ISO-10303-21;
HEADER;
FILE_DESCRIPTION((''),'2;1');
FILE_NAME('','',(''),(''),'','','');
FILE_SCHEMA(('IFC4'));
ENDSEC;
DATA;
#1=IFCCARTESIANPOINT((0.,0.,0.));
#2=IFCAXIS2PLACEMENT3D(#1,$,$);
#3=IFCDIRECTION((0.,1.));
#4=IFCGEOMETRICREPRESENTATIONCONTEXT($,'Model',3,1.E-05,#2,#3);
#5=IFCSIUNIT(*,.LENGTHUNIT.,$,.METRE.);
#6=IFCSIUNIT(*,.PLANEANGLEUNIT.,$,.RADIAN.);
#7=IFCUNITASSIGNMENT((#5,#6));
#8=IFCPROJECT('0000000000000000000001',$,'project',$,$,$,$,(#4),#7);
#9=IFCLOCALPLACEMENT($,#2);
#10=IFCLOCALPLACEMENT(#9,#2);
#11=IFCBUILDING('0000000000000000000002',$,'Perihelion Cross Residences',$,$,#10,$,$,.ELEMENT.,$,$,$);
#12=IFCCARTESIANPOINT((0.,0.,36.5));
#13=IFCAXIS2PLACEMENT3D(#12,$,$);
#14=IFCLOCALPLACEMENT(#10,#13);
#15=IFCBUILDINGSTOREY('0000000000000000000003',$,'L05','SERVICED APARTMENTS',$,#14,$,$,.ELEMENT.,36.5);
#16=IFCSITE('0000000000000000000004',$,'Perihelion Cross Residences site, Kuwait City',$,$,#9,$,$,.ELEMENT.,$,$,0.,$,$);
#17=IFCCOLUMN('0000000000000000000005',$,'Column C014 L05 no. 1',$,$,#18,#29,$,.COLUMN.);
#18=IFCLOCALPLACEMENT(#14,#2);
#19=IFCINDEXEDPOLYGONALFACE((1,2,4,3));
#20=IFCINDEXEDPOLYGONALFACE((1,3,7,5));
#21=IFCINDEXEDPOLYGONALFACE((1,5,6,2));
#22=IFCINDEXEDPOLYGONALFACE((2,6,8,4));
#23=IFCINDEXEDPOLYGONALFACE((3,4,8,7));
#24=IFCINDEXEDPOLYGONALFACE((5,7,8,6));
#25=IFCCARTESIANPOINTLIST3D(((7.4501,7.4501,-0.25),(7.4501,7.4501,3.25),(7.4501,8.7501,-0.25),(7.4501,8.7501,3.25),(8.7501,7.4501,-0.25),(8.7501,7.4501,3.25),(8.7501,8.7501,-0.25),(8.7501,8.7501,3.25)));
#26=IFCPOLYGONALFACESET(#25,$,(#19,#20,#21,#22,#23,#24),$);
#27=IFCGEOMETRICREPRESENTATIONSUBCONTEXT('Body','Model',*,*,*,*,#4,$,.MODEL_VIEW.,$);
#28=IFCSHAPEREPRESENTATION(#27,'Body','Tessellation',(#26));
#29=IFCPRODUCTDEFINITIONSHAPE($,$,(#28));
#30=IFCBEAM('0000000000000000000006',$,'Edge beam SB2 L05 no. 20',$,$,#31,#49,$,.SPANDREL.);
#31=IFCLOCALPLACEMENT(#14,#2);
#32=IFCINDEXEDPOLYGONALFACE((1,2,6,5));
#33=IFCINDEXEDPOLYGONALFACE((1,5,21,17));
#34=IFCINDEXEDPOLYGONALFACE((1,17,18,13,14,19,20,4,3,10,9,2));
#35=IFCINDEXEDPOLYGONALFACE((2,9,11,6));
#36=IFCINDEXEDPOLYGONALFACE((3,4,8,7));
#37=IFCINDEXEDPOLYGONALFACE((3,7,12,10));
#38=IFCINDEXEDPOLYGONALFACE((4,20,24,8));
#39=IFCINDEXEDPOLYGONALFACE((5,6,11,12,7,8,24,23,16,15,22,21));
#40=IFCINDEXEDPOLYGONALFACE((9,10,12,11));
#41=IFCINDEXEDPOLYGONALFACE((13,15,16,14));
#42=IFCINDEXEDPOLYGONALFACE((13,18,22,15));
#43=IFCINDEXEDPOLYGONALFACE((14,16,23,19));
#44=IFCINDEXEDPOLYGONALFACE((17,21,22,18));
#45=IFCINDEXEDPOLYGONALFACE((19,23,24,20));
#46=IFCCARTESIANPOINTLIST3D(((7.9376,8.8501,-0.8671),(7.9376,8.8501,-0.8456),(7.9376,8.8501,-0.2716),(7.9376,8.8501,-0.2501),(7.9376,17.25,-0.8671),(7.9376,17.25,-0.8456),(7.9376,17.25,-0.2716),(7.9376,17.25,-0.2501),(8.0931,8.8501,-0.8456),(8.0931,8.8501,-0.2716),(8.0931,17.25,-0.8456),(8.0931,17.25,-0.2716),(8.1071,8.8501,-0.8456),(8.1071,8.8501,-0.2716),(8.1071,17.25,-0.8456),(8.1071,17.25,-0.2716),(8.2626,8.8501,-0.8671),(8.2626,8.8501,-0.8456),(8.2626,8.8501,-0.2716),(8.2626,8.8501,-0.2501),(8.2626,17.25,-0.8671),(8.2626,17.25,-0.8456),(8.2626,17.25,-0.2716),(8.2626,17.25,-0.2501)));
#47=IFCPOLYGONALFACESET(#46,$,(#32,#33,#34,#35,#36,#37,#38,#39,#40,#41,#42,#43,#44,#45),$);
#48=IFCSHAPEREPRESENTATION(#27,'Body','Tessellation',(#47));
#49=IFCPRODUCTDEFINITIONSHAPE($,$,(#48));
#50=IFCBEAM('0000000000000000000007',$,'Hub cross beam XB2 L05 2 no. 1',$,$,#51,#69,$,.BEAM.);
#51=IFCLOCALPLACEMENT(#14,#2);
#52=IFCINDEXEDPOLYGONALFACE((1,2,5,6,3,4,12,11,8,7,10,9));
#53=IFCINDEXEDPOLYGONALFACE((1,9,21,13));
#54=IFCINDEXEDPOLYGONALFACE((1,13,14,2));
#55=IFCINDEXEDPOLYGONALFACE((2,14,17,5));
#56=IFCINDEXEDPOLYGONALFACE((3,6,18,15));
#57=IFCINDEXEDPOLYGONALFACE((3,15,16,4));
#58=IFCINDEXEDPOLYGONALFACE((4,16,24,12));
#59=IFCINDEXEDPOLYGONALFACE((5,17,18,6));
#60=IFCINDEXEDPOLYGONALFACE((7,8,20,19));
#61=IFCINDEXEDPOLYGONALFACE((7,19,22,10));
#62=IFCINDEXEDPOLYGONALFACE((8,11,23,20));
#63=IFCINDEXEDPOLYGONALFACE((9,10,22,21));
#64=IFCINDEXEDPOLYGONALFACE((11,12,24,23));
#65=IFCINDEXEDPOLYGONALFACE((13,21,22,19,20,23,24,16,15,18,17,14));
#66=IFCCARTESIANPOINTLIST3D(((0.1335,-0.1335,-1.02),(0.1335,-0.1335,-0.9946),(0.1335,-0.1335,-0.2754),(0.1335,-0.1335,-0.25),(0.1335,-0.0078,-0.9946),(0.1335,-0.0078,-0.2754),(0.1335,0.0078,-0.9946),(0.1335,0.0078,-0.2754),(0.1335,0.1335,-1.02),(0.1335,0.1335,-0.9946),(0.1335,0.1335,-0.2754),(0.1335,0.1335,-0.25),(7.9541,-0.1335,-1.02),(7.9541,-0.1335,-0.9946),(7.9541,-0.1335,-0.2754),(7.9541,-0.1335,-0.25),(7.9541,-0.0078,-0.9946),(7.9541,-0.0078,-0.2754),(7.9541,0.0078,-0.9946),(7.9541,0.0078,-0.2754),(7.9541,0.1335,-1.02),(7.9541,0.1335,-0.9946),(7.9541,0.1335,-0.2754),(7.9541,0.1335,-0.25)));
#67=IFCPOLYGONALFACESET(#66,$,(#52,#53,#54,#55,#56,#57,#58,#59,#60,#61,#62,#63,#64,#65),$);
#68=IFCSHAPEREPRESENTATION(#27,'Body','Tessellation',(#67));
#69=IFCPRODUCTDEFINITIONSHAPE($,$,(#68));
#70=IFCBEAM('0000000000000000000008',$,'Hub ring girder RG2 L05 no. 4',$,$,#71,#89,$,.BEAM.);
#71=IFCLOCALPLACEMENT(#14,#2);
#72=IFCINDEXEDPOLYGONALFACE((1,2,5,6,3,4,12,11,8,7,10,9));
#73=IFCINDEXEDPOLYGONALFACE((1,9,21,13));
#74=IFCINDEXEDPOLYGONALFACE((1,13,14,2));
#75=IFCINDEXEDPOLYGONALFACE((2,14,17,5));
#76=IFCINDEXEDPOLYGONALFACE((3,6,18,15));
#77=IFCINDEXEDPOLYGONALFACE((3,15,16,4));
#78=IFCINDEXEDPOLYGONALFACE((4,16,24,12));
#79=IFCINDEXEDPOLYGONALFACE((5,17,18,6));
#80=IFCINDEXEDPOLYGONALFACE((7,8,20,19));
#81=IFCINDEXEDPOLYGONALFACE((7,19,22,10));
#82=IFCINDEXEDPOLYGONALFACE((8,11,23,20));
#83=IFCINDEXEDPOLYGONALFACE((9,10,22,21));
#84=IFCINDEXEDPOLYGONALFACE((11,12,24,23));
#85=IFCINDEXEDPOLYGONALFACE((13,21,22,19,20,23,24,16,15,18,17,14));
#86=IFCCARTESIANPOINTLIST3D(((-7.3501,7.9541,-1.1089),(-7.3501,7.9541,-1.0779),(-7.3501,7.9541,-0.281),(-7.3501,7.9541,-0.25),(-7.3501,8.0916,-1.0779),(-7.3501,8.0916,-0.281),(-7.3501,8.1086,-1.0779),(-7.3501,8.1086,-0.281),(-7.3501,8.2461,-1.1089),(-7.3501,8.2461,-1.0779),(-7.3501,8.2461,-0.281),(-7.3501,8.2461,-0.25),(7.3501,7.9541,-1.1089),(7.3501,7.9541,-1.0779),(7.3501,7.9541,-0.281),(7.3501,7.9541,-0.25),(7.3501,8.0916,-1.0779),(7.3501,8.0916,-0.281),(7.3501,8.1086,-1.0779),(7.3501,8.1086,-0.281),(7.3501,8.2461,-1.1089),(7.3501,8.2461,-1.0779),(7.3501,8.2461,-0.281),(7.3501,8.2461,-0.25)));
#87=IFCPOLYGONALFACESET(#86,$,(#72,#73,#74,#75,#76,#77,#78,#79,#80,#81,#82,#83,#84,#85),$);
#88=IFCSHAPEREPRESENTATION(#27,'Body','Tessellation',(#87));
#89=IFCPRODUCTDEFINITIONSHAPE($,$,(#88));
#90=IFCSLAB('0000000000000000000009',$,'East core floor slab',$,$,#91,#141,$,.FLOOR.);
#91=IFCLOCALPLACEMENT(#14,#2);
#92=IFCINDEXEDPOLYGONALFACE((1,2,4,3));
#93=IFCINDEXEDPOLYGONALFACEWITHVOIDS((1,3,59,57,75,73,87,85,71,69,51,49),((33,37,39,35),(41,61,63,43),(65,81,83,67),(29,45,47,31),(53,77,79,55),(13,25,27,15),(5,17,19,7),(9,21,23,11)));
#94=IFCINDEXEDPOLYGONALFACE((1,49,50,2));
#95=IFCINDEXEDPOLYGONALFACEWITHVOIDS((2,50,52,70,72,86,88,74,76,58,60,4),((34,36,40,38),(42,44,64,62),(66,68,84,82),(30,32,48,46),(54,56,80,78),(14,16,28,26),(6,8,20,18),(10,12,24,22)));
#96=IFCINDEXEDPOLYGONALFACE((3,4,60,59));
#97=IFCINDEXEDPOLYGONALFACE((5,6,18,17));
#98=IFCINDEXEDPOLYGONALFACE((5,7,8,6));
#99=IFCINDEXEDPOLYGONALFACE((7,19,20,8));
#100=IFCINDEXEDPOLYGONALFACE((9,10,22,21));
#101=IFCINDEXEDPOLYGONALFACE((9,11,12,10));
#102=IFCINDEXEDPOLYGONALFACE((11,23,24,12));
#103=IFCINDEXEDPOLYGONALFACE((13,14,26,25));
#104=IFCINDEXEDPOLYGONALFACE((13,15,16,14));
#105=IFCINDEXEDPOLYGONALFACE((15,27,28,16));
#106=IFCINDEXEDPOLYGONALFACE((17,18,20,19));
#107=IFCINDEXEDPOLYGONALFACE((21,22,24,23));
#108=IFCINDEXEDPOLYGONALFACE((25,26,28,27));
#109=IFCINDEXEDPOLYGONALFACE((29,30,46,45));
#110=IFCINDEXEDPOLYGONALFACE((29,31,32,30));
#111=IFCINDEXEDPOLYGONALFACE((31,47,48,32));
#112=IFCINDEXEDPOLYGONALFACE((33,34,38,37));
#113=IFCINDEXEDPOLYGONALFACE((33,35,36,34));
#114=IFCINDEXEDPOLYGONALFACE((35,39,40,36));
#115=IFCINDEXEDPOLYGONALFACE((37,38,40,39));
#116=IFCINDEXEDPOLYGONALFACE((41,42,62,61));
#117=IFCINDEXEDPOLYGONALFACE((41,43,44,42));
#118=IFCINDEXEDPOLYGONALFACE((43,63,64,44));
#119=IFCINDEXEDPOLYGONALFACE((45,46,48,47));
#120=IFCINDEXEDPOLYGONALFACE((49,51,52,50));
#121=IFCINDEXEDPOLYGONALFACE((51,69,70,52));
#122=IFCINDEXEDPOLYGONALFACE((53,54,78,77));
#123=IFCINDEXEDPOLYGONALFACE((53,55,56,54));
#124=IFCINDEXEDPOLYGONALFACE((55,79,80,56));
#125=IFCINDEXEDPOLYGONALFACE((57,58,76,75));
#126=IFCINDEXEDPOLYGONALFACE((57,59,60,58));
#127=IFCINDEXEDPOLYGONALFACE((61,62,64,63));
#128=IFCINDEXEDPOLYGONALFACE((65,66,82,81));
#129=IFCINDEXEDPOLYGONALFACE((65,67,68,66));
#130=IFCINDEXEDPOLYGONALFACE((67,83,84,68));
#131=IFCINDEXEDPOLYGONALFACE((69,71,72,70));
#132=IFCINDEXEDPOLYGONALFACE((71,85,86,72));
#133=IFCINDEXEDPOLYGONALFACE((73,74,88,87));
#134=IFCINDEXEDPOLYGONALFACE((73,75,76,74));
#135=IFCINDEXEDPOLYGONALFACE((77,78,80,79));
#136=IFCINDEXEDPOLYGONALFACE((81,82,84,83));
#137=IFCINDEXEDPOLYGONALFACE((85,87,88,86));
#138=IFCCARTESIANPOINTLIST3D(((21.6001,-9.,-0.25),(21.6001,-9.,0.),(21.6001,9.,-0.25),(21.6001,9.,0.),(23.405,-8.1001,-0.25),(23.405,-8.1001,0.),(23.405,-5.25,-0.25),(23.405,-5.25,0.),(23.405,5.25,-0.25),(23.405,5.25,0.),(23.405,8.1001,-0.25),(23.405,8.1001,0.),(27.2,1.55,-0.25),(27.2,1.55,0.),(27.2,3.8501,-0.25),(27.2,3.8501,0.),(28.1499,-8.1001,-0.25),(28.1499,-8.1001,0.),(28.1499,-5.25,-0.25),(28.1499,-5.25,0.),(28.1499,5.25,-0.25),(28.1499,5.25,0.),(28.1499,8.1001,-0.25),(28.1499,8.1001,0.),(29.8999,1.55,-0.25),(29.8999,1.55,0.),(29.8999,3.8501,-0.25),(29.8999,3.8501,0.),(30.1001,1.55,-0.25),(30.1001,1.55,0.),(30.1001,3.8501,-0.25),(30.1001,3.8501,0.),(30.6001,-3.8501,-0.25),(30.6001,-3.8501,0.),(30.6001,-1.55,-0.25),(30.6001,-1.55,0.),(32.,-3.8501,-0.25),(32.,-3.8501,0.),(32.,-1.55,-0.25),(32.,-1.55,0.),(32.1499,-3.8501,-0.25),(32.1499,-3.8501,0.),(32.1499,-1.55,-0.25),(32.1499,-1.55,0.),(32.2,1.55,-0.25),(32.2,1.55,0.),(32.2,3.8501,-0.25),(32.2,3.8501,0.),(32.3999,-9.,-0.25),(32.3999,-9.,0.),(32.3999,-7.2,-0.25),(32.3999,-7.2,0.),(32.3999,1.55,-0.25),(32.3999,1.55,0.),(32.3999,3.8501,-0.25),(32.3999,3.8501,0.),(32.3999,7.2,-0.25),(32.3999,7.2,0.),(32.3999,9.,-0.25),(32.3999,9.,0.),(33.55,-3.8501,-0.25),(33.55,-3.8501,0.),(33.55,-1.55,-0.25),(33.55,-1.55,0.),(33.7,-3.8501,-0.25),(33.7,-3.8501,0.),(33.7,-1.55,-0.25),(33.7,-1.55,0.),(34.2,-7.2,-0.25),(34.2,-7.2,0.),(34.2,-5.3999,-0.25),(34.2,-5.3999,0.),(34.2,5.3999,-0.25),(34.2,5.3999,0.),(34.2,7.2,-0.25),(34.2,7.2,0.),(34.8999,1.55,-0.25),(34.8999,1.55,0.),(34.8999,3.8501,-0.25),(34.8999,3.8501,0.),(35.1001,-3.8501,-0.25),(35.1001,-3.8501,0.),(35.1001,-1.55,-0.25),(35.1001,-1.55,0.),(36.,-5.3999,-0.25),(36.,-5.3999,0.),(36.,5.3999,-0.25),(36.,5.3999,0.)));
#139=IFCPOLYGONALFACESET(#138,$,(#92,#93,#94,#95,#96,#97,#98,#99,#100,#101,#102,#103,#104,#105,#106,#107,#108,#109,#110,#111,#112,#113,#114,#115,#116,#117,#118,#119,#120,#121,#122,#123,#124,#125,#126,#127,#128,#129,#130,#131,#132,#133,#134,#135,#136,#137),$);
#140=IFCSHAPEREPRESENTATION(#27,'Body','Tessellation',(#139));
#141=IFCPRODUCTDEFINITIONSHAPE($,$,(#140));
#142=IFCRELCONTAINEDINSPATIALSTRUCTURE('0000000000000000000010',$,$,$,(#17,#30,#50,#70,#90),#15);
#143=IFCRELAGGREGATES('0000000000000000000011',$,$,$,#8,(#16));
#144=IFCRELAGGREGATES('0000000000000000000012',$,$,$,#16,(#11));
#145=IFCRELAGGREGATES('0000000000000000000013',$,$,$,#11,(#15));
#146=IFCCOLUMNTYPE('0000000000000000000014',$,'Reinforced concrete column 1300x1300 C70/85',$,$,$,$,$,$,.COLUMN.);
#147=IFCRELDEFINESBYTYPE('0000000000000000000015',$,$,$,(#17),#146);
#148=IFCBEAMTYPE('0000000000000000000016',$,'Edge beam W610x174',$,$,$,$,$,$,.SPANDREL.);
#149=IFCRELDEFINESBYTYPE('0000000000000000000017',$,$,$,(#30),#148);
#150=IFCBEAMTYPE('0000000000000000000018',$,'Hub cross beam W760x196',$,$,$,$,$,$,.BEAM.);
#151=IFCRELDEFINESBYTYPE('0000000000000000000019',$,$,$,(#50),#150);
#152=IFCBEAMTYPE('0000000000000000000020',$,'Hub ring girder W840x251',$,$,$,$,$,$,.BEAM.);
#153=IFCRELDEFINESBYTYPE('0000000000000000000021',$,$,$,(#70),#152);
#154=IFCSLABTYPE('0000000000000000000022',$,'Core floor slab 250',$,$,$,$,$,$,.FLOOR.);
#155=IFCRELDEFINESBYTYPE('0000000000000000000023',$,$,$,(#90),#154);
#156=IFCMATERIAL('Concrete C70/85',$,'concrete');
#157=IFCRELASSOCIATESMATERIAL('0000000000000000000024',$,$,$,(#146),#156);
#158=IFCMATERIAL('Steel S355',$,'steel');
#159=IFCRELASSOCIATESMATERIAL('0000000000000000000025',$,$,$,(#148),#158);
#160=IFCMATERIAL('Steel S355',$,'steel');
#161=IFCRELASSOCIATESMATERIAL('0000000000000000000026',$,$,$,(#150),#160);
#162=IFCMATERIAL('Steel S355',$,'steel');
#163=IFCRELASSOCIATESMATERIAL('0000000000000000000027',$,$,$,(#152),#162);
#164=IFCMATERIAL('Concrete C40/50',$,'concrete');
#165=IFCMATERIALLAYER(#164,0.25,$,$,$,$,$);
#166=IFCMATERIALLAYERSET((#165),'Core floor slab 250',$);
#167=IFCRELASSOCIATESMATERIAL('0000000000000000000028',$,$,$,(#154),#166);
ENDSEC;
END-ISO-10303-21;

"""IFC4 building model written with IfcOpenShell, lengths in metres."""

from ifc_helpers import new_model, si_unit, direction, frame, origin, origin_2d, place, context, subcontext, project, spatial, polyline, rectangle, i_section, outline, extrude, material, layer, layer_set, material_profile, profile_set, type_object, element, save


model = new_model("IFC4")

# Units and contexts
model_context = context("Model", 3, precision=1e-05, world=origin(), true_north=direction((0.0, 1.0)))
body_context = subcontext(model_context, "Body", "Model", "MODEL_VIEW")
ifc_project = project(units=[si_unit("LENGTHUNIT", "METRE"), si_unit("PLANEANGLEUNIT", "RADIAN")], contexts=[model_context])

# Site, building, storey
site_placement = place(None, origin())
site = spatial("IfcSite", under=ifc_project, at=site_placement, Name="Perihelion Cross Residences site, Kuwait City", CompositionType="ELEMENT", RefElevation=0.0)
building_placement = place(site_placement, origin())
building = spatial("IfcBuilding", under=site, at=building_placement, Name="Perihelion Cross Residences", CompositionType="ELEMENT")
storey_placement = place(building_placement, frame((0.0, 0.0, 36.5)))
storey = spatial("IfcBuildingStorey", under=building, at=storey_placement, Name="L05", Description="SERVICED APARTMENTS", CompositionType="ELEMENT", Elevation=36.5)

# Column
ifc_material_1 = material(Name="Concrete C70/85", Category="concrete")
ifc_material_profile_1 = material_profile(ifc_material_1, rectangle(XDim=1.3, YDim=1.3, at=origin_2d()), Name="RC 1300x1300")
ifc_profile_set_1 = profile_set([ifc_material_profile_1], Name="Concrete C70/85")
column_type = type_object("IfcColumnType", Name="Reinforced concrete column 1300x1300 C70/85", PredefinedType="COLUMN", material=ifc_profile_set_1)
column_placement = place(storey_placement, frame((8.1001, 8.1001, -0.25), z_axis=(0.0, 0.0, 1.0), x_axis=(1.0, 0.0, 0.0)))
element("IfcColumn", 1, at=column_placement, inside=storey, type_object=column_type, Name="Column C014 L05 no. 1", PredefinedType="COLUMN", context=body_context, shape_type="SweptSolid", body=[
    extrude(rectangle(XDim=1.3, YDim=1.3, at=origin_2d()), origin(), (0.0, 0.0, 1.0), 3.5),
])

# Beams
ifc_material_2 = material(Name="Steel S355", Category="steel")
ifc_material_profile_2 = material_profile(ifc_material_2, i_section(OverallWidth=0.325, OverallDepth=0.6169, WebThickness=0.0139, FlangeThickness=0.0215, at=origin_2d()), Name="W610x174")
ifc_profile_set_2 = profile_set([ifc_material_profile_2], Name="Steel S355")
beam_type_1 = type_object("IfcBeamType", Name="Edge beam W610x174", PredefinedType="SPANDREL", material=ifc_profile_set_2)
beam_1_placement = place(storey_placement, frame((8.1001, 8.8501, -0.5586), z_axis=(0.0, 1.0, 0.0), x_axis=(-1.0, 0.0, 0.0)))
element("IfcBeam", 2, at=beam_1_placement, inside=storey, type_object=beam_type_1, Name="Edge beam SB2 L05 no. 20", PredefinedType="SPANDREL", context=body_context, shape_type="SweptSolid", body=[
    extrude(i_section(OverallWidth=0.325, OverallDepth=0.6169, WebThickness=0.0139, FlangeThickness=0.0215, at=origin_2d()), origin(), (0.0, 0.0, 1.0), 8.3999),
])
ifc_material_3 = material(Name="Steel S355", Category="steel")
ifc_material_profile_3 = material_profile(ifc_material_3, i_section(OverallWidth=0.2671, OverallDepth=0.77, WebThickness=0.0156, FlangeThickness=0.0254, at=origin_2d()), Name="W760x196")
ifc_profile_set_3 = profile_set([ifc_material_profile_3], Name="Steel S355")
beam_type_2 = type_object("IfcBeamType", Name="Hub cross beam W760x196", PredefinedType="BEAM", material=ifc_profile_set_3)
beam_2_placement = place(storey_placement, frame((0.1335, 0.0, -0.635), z_axis=(1.0, 0.0, 0.0), x_axis=(0.0, 1.0, 0.0)))
element("IfcBeam", 3, at=beam_2_placement, inside=storey, type_object=beam_type_2, Name="Hub cross beam XB2 L05 2 no. 1", PredefinedType="BEAM", context=body_context, shape_type="SweptSolid", body=[
    extrude(i_section(OverallWidth=0.2671, OverallDepth=0.77, WebThickness=0.0156, FlangeThickness=0.0254, at=origin_2d()), origin(), (0.0, 0.0, 1.0), 7.8206),
])
ifc_material_4 = material(Name="Steel S355", Category="steel")
ifc_material_profile_4 = material_profile(ifc_material_4, i_section(OverallWidth=0.292, OverallDepth=0.8589, WebThickness=0.0171, FlangeThickness=0.031, at=origin_2d()), Name="W840x251")
ifc_profile_set_4 = profile_set([ifc_material_profile_4], Name="Steel S355")
beam_type_3 = type_object("IfcBeamType", Name="Hub ring girder W840x251", PredefinedType="BEAM", material=ifc_profile_set_4)
beam_3_placement = place(storey_placement, frame((7.3501, 8.1001, -0.6794), z_axis=(-1.0, 0.0, 0.0), x_axis=(0.0, -1.0, 0.0)))
element("IfcBeam", 4, at=beam_3_placement, inside=storey, type_object=beam_type_3, Name="Hub ring girder RG2 L05 no. 4", PredefinedType="BEAM", context=body_context, shape_type="SweptSolid", body=[
    extrude(i_section(OverallWidth=0.292, OverallDepth=0.8589, WebThickness=0.0171, FlangeThickness=0.031, at=origin_2d()), origin(), (0.0, 0.0, 1.0), 14.7002),
])

# Slab
ifc_material_5 = material(Name="Concrete C40/50", Category="concrete")
ifc_layer_1 = layer(ifc_material_5, 0.25)
ifc_layer_set_1 = layer_set([ifc_layer_1], Name="Core floor slab 250")
slab_type_1 = type_object("IfcSlabType", Name="Core floor slab 250", PredefinedType="FLOOR", material=ifc_layer_set_1)
slab_1_placement = place(storey_placement, frame((0.0, 0.0, -0.25)))
element("IfcSlab", 5, at=slab_1_placement, inside=storey, type_object=slab_type_1, Name="East core floor slab", PredefinedType="FLOOR", context=body_context, shape_type="SweptSolid", body=[
    extrude(outline(polyline([(32.3999, 7.2), (34.2, 7.2), (34.2, 5.3999), (36.0, 5.3999), (36.0, -5.3999), (34.2, -5.3999), (34.2, -7.2), (32.3999, -7.2), (32.3999, -9.0), (21.6001, -9.0), (21.6001, 9.0), (32.3999, 9.0), (32.3999, 7.2)]), holes=[polyline([(23.405, -8.1001), (28.1499, -8.1001), (28.1499, -5.25), (23.405, -5.25), (23.405, -8.1001)]), polyline([(30.6001, -1.55), (30.6001, -3.8501), (32.0, -3.8501), (32.0, -1.55), (30.6001, -1.55)]), polyline([(32.1499, -1.55), (32.1499, -3.8501), (33.55, -3.8501), (33.55, -1.55), (32.1499, -1.55)]), polyline([(33.7, -1.55), (33.7, -3.8501), (35.1001, -3.8501), (35.1001, -1.55), (33.7, -1.55)]), polyline([(27.2, 3.8501), (27.2, 1.55), (29.8999, 1.55), (29.8999, 3.8501), (27.2, 3.8501)]), polyline([(30.1001, 3.8501), (30.1001, 1.55), (32.2, 1.55), (32.2, 3.8501), (30.1001, 3.8501)]), polyline([(32.3999, 3.8501), (32.3999, 1.55), (34.8999, 1.55), (34.8999, 3.8501), (32.3999, 3.8501)]), polyline([(23.405, 5.25), (28.1499, 5.25), (28.1499, 8.1001), (23.405, 8.1001), (23.405, 5.25)])]), origin(), (0.0, 0.0, 1.0), 0.25),
])

save(model, "model.ifc")
